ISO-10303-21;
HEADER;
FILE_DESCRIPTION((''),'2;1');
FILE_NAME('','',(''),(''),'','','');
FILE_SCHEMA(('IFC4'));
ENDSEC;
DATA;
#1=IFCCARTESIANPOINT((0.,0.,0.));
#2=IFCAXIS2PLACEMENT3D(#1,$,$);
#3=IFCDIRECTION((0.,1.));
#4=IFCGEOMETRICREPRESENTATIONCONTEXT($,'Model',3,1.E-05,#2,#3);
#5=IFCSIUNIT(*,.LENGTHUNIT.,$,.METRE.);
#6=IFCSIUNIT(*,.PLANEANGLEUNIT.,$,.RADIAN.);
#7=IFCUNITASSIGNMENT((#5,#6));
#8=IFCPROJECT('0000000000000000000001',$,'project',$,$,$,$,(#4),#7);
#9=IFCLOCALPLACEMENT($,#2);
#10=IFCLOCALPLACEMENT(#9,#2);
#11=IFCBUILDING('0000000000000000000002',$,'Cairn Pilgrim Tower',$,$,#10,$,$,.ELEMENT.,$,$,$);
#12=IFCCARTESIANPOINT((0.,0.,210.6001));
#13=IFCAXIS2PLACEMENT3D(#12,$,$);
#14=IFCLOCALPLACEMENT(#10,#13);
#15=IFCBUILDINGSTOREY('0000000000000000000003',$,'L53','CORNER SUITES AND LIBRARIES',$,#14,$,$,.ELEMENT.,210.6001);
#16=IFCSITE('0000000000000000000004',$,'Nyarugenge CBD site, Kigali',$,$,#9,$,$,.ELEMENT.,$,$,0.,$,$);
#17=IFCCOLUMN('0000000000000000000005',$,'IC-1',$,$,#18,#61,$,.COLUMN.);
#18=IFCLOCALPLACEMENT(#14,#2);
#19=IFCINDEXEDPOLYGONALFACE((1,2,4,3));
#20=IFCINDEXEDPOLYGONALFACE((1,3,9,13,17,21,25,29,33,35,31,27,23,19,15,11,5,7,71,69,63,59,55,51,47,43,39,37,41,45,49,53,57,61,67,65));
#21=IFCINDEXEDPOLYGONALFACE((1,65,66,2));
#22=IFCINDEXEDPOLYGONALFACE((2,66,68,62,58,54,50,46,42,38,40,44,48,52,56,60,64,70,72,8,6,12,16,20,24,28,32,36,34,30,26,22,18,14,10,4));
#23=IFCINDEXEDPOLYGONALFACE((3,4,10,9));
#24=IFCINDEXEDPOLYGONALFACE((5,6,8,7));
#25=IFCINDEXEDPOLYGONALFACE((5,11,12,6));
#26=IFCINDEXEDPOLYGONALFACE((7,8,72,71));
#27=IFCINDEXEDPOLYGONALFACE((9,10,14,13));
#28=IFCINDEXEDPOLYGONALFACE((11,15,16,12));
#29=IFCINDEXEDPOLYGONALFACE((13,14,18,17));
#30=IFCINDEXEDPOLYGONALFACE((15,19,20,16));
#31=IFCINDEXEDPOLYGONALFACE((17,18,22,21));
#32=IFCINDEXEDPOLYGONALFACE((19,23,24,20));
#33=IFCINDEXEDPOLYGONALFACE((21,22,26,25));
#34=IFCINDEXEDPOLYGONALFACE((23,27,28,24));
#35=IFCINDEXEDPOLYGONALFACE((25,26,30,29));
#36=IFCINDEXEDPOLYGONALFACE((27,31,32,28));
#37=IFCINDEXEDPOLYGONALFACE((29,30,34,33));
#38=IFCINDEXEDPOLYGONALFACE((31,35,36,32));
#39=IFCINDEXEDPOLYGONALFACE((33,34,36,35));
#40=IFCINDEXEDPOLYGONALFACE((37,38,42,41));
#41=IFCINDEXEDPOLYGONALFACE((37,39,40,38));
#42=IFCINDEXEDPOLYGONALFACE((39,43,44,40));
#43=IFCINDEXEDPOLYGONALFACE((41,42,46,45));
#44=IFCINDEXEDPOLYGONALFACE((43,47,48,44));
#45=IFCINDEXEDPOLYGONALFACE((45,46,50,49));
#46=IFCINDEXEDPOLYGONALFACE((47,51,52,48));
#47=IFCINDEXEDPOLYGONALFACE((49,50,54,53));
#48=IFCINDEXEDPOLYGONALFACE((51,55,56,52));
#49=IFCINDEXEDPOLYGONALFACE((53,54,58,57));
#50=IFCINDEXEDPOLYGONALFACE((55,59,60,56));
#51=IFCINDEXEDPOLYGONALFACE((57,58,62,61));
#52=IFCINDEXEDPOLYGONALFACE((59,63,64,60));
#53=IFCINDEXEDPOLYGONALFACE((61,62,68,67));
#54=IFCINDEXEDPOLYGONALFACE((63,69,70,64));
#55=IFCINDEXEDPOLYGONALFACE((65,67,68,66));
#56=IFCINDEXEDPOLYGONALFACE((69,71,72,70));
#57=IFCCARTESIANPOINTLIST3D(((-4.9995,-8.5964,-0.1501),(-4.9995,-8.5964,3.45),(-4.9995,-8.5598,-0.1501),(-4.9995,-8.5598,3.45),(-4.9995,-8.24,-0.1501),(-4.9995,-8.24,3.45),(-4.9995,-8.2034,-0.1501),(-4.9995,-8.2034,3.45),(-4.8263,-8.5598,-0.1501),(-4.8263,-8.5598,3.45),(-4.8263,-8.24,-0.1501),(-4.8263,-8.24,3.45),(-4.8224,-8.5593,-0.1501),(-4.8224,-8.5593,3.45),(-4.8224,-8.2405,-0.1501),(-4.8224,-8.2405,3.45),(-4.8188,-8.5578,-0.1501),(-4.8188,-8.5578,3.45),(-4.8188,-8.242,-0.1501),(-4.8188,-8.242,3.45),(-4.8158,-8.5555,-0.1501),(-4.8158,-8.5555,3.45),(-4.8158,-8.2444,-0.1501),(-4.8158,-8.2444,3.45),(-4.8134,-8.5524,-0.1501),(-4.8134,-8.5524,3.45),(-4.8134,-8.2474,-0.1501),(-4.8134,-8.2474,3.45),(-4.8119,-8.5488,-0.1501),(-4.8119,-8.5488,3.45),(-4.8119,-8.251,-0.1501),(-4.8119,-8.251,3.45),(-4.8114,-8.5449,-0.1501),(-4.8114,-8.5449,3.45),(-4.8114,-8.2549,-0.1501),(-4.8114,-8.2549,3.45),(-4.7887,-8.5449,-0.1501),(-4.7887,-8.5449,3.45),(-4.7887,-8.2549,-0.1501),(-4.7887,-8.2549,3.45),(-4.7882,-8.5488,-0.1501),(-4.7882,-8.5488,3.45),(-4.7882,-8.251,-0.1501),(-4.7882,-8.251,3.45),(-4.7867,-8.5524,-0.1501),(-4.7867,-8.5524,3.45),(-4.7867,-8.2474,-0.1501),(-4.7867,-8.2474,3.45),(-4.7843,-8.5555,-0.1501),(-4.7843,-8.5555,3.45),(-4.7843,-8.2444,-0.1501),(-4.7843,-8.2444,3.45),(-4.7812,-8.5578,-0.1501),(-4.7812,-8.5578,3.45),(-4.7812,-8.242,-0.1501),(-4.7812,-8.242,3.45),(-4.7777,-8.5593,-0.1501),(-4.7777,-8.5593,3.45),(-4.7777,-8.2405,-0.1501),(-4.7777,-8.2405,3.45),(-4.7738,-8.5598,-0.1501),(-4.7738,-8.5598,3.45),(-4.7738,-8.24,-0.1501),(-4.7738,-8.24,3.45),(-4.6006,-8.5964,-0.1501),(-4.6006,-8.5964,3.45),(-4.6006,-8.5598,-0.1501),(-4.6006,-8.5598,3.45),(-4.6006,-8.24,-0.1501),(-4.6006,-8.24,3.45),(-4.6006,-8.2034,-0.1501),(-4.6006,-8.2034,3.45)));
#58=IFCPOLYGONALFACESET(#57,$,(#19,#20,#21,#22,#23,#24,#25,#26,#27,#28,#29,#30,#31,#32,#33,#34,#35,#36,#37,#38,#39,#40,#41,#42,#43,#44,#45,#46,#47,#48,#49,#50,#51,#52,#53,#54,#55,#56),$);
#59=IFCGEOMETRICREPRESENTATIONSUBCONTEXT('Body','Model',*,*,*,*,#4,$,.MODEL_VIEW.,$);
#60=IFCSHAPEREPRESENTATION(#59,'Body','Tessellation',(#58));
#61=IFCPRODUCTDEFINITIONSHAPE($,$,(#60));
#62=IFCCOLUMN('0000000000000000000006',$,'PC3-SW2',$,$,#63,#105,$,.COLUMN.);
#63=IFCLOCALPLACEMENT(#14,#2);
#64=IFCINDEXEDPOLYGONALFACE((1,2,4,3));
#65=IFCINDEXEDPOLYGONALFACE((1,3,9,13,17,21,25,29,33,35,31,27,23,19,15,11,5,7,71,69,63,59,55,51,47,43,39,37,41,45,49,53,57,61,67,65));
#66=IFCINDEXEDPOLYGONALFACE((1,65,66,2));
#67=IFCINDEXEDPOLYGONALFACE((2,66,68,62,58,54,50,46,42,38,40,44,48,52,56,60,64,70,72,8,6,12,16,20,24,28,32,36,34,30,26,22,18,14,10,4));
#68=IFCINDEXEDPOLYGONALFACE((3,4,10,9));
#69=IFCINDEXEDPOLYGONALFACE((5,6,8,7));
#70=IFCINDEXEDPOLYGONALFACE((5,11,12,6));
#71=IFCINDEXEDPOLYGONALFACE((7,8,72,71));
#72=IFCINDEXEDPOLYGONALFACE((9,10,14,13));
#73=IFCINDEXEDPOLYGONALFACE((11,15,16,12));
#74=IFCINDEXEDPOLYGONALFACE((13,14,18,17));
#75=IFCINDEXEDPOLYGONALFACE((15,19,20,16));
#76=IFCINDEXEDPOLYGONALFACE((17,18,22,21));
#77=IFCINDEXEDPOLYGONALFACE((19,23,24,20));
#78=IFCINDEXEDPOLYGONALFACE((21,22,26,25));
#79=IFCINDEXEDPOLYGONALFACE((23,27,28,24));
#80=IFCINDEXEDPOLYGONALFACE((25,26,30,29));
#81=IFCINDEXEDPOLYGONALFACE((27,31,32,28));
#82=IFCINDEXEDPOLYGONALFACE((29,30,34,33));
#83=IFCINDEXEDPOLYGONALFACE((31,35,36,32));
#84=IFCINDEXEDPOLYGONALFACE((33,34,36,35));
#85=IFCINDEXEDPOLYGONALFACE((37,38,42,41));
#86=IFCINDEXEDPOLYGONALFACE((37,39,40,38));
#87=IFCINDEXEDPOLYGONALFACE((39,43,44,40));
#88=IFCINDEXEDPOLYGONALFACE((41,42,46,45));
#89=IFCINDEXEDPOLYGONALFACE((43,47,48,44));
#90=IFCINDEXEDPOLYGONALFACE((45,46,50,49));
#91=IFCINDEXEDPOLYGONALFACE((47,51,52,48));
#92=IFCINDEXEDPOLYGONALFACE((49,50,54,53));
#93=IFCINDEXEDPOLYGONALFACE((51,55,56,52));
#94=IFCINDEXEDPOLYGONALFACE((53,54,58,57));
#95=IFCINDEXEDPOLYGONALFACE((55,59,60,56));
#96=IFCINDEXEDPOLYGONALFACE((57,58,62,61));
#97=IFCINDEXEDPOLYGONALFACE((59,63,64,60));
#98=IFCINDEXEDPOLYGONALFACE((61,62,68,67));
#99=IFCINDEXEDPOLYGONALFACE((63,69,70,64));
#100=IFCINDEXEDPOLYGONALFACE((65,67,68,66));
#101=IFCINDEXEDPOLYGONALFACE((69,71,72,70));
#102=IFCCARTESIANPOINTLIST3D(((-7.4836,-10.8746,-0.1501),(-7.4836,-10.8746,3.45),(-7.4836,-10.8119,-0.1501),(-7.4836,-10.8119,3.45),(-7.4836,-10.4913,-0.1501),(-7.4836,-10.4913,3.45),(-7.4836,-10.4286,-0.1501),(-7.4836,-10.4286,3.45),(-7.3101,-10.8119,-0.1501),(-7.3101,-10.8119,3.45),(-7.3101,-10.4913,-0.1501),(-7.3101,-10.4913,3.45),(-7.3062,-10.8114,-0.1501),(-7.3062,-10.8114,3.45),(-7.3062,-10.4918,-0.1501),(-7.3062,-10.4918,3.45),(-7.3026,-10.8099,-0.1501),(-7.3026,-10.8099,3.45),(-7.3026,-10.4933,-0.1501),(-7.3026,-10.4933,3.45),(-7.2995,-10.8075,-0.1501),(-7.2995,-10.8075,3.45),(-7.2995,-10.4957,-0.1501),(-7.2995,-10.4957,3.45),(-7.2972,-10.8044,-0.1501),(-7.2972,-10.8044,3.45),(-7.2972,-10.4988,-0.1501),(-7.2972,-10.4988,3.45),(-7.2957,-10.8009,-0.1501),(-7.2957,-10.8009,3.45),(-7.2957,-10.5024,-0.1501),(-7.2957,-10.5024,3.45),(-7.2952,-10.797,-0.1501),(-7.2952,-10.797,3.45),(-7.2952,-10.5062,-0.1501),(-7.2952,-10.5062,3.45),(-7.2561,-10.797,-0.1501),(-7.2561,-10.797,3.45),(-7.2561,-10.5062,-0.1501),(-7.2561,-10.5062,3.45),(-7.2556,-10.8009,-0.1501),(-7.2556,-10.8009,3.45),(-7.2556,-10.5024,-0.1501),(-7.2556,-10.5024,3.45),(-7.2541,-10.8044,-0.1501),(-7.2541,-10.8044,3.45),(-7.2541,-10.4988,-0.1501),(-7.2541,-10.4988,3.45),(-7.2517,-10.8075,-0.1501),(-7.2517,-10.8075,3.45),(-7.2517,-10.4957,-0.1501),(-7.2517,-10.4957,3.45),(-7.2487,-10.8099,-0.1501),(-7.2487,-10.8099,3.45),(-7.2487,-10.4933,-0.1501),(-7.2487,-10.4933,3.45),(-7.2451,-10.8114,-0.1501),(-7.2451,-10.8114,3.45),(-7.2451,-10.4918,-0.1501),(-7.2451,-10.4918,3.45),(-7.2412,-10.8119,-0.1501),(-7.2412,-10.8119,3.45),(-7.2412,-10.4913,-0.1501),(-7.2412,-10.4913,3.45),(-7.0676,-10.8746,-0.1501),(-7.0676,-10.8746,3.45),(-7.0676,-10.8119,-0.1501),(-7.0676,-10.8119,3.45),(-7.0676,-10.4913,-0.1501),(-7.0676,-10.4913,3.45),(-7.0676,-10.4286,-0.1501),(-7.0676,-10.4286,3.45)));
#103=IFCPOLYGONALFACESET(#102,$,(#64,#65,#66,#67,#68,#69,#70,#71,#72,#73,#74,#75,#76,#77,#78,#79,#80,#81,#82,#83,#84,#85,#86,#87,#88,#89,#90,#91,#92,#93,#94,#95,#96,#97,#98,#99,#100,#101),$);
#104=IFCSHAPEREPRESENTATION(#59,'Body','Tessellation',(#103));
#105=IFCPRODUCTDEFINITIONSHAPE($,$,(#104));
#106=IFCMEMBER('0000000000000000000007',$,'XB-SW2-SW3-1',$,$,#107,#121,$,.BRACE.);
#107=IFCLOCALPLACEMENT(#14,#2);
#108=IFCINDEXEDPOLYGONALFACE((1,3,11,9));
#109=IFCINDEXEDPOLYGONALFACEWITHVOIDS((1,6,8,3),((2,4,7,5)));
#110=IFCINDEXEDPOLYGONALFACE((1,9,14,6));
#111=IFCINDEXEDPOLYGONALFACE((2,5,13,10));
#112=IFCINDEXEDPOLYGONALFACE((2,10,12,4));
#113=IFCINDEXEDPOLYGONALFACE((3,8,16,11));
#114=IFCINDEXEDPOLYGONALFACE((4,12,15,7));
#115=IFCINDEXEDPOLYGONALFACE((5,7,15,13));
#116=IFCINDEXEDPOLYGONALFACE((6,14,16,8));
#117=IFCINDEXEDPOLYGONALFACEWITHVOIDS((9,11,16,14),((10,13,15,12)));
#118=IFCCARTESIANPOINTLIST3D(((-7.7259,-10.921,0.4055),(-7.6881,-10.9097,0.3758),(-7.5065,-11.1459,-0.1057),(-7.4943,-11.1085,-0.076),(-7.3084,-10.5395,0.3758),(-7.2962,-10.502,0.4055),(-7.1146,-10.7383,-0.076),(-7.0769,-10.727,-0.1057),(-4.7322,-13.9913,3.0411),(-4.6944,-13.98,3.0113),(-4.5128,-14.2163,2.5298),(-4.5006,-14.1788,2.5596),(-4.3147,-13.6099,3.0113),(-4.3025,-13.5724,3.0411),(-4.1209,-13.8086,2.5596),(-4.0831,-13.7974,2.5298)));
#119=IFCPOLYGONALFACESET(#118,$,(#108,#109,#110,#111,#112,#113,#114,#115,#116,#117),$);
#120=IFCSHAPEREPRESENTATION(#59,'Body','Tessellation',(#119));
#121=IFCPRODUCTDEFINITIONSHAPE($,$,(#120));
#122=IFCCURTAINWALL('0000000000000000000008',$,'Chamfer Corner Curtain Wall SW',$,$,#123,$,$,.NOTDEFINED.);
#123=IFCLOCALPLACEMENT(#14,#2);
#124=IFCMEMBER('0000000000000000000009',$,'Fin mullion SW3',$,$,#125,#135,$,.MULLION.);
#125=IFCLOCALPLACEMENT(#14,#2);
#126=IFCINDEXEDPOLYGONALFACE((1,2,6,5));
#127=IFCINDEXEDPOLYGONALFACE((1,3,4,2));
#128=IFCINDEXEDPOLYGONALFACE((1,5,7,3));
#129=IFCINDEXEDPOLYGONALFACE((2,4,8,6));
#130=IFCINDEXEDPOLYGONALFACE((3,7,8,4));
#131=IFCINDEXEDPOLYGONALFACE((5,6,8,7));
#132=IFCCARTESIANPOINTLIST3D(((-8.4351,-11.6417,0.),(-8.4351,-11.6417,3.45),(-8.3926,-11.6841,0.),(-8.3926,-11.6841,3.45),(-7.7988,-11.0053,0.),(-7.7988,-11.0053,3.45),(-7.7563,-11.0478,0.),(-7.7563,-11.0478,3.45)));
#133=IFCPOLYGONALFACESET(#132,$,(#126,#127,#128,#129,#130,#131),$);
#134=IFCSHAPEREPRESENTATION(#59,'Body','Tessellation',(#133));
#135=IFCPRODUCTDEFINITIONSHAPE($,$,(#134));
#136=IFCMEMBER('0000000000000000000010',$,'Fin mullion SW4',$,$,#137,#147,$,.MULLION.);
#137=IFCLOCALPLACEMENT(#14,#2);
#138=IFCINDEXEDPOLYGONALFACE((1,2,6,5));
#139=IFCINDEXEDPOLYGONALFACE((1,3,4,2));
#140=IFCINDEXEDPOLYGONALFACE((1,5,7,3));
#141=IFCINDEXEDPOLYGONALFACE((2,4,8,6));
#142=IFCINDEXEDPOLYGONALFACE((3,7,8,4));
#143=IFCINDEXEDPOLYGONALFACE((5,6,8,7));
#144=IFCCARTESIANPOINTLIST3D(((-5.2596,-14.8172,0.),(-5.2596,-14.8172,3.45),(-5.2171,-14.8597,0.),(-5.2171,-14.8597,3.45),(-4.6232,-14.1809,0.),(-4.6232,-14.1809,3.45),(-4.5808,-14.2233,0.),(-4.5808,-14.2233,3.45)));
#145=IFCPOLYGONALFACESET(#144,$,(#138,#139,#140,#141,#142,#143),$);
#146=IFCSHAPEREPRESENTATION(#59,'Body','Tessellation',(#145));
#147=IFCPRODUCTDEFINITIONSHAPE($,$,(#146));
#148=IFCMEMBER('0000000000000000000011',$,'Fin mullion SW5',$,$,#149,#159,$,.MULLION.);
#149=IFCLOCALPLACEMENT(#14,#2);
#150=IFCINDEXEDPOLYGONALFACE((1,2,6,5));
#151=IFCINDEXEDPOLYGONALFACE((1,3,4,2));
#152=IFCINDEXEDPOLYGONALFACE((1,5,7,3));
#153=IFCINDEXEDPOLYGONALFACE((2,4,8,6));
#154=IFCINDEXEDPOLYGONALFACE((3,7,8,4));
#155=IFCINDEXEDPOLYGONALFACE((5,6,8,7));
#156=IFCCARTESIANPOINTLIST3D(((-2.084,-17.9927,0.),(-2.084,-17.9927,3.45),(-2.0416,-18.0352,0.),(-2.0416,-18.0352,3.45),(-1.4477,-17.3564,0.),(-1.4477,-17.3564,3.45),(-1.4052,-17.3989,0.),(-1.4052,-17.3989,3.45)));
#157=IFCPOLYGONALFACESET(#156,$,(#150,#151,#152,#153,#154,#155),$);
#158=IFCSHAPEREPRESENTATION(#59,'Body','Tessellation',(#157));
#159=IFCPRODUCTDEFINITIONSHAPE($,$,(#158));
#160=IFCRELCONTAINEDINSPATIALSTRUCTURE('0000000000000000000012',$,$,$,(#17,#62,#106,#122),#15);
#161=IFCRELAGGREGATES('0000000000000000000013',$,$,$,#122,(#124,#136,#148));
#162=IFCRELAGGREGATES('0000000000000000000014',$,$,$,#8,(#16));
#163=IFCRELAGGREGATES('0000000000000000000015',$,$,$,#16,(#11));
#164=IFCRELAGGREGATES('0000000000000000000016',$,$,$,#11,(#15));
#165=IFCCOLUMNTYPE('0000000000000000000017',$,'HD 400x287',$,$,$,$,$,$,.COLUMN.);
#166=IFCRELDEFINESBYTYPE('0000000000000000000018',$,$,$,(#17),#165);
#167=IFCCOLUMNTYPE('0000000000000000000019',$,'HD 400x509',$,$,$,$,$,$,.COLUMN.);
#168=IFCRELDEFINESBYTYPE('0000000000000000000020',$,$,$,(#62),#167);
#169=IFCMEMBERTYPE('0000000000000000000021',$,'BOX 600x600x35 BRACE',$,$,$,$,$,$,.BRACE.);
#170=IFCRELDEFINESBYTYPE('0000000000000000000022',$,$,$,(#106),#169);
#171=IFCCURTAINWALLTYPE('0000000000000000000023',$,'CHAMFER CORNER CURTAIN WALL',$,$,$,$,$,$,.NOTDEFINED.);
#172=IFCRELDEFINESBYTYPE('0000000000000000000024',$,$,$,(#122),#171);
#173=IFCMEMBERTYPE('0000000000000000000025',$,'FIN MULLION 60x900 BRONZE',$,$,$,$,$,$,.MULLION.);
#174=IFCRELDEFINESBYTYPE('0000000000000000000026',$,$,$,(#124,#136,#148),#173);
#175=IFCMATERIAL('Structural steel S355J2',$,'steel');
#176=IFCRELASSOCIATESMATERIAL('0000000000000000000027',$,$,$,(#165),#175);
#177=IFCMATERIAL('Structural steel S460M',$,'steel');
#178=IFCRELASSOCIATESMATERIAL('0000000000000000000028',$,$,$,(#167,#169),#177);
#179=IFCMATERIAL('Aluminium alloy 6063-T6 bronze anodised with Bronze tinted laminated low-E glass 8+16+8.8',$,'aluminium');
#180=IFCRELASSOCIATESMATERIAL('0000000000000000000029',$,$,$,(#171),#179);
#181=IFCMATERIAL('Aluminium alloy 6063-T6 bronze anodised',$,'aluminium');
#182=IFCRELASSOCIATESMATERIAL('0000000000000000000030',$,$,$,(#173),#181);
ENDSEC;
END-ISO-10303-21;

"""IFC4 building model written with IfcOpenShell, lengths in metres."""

from ifc_helpers import new_model, si_unit, direction, frame, origin, origin_2d, place, context, subcontext, project, spatial, rectangle, hollow_rectangle, i_section, extrude, material, material_profile, profile_set, type_object, element, aggregate, save


model = new_model("IFC4")

# Units and contexts
model_context = context("Model", 3, precision=1e-05, world=origin(), true_north=direction((0.0, 1.0)))
body_context = subcontext(model_context, "Body", "Model", "MODEL_VIEW")
ifc_project = project(units=[si_unit("LENGTHUNIT", "METRE"), si_unit("PLANEANGLEUNIT", "RADIAN")], contexts=[model_context])

# Site, building, storey
site_placement = place(None, origin())
site = spatial("IfcSite", under=ifc_project, at=site_placement, Name="Nyarugenge CBD site, Kigali", CompositionType="ELEMENT", RefElevation=0.0)
building_placement = place(site_placement, origin())
building = spatial("IfcBuilding", under=site, at=building_placement, Name="Cairn Pilgrim Tower", CompositionType="ELEMENT")
storey_placement = place(building_placement, frame((0.0, 0.0, 210.6001)))
storey = spatial("IfcBuildingStorey", under=building, at=storey_placement, Name="L53", Description="CORNER SUITES AND LIBRARIES", CompositionType="ELEMENT", Elevation=210.6001)

# Columns
ifc_material_1 = material(Name="Structural steel S355J2", Category="steel")
ifc_material_profile_1 = material_profile(ifc_material_1, i_section(OverallWidth=0.3989, OverallDepth=0.3931, WebThickness=0.0227, FlangeThickness=0.0366, FilletRadius=0.0149, at=origin_2d()), Name="HD 400x287")
ifc_profile_set_1 = profile_set([ifc_material_profile_1], Name="Structural steel S355J2")
column_type_1 = type_object("IfcColumnType", Name="HD 400x287", PredefinedType="COLUMN", material=ifc_profile_set_1)
column_1_placement = place(storey_placement, frame((-4.8, -8.3999, -0.1501), z_axis=(0.0, 0.0, 1.0), x_axis=(1.0, 0.0, 0.0)))
element("IfcColumn", 1, at=column_1_placement, inside=storey, type_object=column_type_1, Name="IC-1", PredefinedType="COLUMN", context=body_context, shape_type="SweptSolid", body=[
    extrude(i_section(OverallWidth=0.3989, OverallDepth=0.3931, WebThickness=0.0227, FlangeThickness=0.0366, FilletRadius=0.0149, at=origin_2d()), origin(), (0.0, 0.0, 1.0), 3.6001),
])
ifc_material_2 = material(Name="Structural steel S460M", Category="steel")
ifc_material_profile_2 = material_profile(ifc_material_2, i_section(OverallWidth=0.416, OverallDepth=0.446, WebThickness=0.0391, FlangeThickness=0.0627, FilletRadius=0.0149, at=origin_2d()), Name="HD 400x509")
ifc_profile_set_2 = profile_set([ifc_material_profile_2], Name="Structural steel S460M")
column_type_2 = type_object("IfcColumnType", Name="HD 400x509", PredefinedType="COLUMN", material=ifc_profile_set_2)
column_2_placement = place(storey_placement, frame((-7.2756, -10.6516, -0.1501), z_axis=(0.0, 0.0, 1.0), x_axis=(1.0, 0.0, 0.0)))
element("IfcColumn", 2, at=column_2_placement, inside=storey, type_object=column_type_2, Name="PC3-SW2", PredefinedType="COLUMN", context=body_context, shape_type="SweptSolid", body=[
    extrude(i_section(OverallWidth=0.416, OverallDepth=0.446, WebThickness=0.0391, FlangeThickness=0.0627, FilletRadius=0.0149, at=origin_2d()), origin(), (0.0, 0.0, 1.0), 3.6001),
])

# Member
ifc_material_profile_3 = material_profile(ifc_material_2, hollow_rectangle(XDim=0.6001, YDim=0.6001, WallThickness=0.0349, at=origin_2d()), Name="BOX 600x600x35")
ifc_profile_set_3 = profile_set([ifc_material_profile_3], Name="Structural steel S460M")
member_type_1 = type_object("IfcMemberType", Name="BOX 600x600x35 BRACE", PredefinedType="BRACE", material=ifc_profile_set_3)
member_1_placement = place(storey_placement, frame((-7.4014, -10.824, 0.1499), z_axis=(0.594763, -0.609994, 0.523607), x_axis=(0.715989, 0.698112, 0.0)))
element("IfcMember", 3, at=member_1_placement, inside=storey, type_object=member_type_1, Name="XB-SW2-SW3-1", PredefinedType="BRACE", context=body_context, shape_type="SweptSolid", body=[
    extrude(hollow_rectangle(XDim=0.6001, YDim=0.6001, WallThickness=0.0349, at=origin_2d()), origin(), (0.0, 0.0, 1.0), 5.0334),
])

# Curtain wall, members
ifc_material_3 = material(Name="Aluminium alloy 6063-T6 bronze anodised with Bronze tinted laminated low-E glass 8+16+8.8", Category="aluminium")
curtain_wall_type = type_object("IfcCurtainWallType", Name="CHAMFER CORNER CURTAIN WALL", PredefinedType="NOTDEFINED", material=ifc_material_3)
curtain_wall_placement = place(storey_placement, origin())
curtain_wall = element("IfcCurtainWall", 4, at=curtain_wall_placement, inside=storey, type_object=curtain_wall_type, Name="Chamfer Corner Curtain Wall SW", PredefinedType="NOTDEFINED")
ifc_material_4 = material(Name="Aluminium alloy 6063-T6 bronze anodised", Category="aluminium")
ifc_material_profile_4 = material_profile(ifc_material_4, rectangle(XDim=0.8999, YDim=0.0601, at=origin_2d()), Name="FIN MULLION 60x900 BRONZE")
ifc_profile_set_4 = profile_set([ifc_material_profile_4], Name="Aluminium alloy 6063-T6 bronze anodised")
member_type_2 = type_object("IfcMemberType", Name="FIN MULLION 60x900 BRONZE", PredefinedType="MULLION", material=ifc_profile_set_4)
member_2_placement = place(storey_placement, frame((-8.0957, -11.3447, 0.0), z_axis=(0.0, 0.0, 1.0), x_axis=(-0.707107, -0.707107, 0.0)))
member_2 = element("IfcMember", 5, at=member_2_placement, type_object=member_type_2, Name="Fin mullion SW3", PredefinedType="MULLION", context=body_context, shape_type="SweptSolid", body=[
    extrude(rectangle(XDim=0.8999, YDim=0.0601, at=origin_2d()), origin(), (0.0, 0.0, 1.0), 3.45),
])
member_3_placement = place(storey_placement, frame((-4.9202, -14.5203, 0.0), z_axis=(0.0, 0.0, 1.0), x_axis=(-0.707107, -0.707107, 0.0)))
member_3 = element("IfcMember", 6, at=member_3_placement, type_object=member_type_2, Name="Fin mullion SW4", PredefinedType="MULLION", context=body_context, shape_type="SweptSolid", body=[
    extrude(rectangle(XDim=0.8999, YDim=0.0601, at=origin_2d()), origin(), (0.0, 0.0, 1.0), 3.45),
])
member_4_placement = place(storey_placement, frame((-1.7446, -17.6958, 0.0), z_axis=(0.0, 0.0, 1.0), x_axis=(-0.707107, -0.707107, 0.0)))
member_4 = element("IfcMember", 7, at=member_4_placement, type_object=member_type_2, Name="Fin mullion SW5", PredefinedType="MULLION", context=body_context, shape_type="SweptSolid", body=[
    extrude(rectangle(XDim=0.8999, YDim=0.0601, at=origin_2d()), origin(), (0.0, 0.0, 1.0), 3.45),
])

aggregate(curtain_wall, [member_2, member_3, member_4])

save(model, "model.ifc")
